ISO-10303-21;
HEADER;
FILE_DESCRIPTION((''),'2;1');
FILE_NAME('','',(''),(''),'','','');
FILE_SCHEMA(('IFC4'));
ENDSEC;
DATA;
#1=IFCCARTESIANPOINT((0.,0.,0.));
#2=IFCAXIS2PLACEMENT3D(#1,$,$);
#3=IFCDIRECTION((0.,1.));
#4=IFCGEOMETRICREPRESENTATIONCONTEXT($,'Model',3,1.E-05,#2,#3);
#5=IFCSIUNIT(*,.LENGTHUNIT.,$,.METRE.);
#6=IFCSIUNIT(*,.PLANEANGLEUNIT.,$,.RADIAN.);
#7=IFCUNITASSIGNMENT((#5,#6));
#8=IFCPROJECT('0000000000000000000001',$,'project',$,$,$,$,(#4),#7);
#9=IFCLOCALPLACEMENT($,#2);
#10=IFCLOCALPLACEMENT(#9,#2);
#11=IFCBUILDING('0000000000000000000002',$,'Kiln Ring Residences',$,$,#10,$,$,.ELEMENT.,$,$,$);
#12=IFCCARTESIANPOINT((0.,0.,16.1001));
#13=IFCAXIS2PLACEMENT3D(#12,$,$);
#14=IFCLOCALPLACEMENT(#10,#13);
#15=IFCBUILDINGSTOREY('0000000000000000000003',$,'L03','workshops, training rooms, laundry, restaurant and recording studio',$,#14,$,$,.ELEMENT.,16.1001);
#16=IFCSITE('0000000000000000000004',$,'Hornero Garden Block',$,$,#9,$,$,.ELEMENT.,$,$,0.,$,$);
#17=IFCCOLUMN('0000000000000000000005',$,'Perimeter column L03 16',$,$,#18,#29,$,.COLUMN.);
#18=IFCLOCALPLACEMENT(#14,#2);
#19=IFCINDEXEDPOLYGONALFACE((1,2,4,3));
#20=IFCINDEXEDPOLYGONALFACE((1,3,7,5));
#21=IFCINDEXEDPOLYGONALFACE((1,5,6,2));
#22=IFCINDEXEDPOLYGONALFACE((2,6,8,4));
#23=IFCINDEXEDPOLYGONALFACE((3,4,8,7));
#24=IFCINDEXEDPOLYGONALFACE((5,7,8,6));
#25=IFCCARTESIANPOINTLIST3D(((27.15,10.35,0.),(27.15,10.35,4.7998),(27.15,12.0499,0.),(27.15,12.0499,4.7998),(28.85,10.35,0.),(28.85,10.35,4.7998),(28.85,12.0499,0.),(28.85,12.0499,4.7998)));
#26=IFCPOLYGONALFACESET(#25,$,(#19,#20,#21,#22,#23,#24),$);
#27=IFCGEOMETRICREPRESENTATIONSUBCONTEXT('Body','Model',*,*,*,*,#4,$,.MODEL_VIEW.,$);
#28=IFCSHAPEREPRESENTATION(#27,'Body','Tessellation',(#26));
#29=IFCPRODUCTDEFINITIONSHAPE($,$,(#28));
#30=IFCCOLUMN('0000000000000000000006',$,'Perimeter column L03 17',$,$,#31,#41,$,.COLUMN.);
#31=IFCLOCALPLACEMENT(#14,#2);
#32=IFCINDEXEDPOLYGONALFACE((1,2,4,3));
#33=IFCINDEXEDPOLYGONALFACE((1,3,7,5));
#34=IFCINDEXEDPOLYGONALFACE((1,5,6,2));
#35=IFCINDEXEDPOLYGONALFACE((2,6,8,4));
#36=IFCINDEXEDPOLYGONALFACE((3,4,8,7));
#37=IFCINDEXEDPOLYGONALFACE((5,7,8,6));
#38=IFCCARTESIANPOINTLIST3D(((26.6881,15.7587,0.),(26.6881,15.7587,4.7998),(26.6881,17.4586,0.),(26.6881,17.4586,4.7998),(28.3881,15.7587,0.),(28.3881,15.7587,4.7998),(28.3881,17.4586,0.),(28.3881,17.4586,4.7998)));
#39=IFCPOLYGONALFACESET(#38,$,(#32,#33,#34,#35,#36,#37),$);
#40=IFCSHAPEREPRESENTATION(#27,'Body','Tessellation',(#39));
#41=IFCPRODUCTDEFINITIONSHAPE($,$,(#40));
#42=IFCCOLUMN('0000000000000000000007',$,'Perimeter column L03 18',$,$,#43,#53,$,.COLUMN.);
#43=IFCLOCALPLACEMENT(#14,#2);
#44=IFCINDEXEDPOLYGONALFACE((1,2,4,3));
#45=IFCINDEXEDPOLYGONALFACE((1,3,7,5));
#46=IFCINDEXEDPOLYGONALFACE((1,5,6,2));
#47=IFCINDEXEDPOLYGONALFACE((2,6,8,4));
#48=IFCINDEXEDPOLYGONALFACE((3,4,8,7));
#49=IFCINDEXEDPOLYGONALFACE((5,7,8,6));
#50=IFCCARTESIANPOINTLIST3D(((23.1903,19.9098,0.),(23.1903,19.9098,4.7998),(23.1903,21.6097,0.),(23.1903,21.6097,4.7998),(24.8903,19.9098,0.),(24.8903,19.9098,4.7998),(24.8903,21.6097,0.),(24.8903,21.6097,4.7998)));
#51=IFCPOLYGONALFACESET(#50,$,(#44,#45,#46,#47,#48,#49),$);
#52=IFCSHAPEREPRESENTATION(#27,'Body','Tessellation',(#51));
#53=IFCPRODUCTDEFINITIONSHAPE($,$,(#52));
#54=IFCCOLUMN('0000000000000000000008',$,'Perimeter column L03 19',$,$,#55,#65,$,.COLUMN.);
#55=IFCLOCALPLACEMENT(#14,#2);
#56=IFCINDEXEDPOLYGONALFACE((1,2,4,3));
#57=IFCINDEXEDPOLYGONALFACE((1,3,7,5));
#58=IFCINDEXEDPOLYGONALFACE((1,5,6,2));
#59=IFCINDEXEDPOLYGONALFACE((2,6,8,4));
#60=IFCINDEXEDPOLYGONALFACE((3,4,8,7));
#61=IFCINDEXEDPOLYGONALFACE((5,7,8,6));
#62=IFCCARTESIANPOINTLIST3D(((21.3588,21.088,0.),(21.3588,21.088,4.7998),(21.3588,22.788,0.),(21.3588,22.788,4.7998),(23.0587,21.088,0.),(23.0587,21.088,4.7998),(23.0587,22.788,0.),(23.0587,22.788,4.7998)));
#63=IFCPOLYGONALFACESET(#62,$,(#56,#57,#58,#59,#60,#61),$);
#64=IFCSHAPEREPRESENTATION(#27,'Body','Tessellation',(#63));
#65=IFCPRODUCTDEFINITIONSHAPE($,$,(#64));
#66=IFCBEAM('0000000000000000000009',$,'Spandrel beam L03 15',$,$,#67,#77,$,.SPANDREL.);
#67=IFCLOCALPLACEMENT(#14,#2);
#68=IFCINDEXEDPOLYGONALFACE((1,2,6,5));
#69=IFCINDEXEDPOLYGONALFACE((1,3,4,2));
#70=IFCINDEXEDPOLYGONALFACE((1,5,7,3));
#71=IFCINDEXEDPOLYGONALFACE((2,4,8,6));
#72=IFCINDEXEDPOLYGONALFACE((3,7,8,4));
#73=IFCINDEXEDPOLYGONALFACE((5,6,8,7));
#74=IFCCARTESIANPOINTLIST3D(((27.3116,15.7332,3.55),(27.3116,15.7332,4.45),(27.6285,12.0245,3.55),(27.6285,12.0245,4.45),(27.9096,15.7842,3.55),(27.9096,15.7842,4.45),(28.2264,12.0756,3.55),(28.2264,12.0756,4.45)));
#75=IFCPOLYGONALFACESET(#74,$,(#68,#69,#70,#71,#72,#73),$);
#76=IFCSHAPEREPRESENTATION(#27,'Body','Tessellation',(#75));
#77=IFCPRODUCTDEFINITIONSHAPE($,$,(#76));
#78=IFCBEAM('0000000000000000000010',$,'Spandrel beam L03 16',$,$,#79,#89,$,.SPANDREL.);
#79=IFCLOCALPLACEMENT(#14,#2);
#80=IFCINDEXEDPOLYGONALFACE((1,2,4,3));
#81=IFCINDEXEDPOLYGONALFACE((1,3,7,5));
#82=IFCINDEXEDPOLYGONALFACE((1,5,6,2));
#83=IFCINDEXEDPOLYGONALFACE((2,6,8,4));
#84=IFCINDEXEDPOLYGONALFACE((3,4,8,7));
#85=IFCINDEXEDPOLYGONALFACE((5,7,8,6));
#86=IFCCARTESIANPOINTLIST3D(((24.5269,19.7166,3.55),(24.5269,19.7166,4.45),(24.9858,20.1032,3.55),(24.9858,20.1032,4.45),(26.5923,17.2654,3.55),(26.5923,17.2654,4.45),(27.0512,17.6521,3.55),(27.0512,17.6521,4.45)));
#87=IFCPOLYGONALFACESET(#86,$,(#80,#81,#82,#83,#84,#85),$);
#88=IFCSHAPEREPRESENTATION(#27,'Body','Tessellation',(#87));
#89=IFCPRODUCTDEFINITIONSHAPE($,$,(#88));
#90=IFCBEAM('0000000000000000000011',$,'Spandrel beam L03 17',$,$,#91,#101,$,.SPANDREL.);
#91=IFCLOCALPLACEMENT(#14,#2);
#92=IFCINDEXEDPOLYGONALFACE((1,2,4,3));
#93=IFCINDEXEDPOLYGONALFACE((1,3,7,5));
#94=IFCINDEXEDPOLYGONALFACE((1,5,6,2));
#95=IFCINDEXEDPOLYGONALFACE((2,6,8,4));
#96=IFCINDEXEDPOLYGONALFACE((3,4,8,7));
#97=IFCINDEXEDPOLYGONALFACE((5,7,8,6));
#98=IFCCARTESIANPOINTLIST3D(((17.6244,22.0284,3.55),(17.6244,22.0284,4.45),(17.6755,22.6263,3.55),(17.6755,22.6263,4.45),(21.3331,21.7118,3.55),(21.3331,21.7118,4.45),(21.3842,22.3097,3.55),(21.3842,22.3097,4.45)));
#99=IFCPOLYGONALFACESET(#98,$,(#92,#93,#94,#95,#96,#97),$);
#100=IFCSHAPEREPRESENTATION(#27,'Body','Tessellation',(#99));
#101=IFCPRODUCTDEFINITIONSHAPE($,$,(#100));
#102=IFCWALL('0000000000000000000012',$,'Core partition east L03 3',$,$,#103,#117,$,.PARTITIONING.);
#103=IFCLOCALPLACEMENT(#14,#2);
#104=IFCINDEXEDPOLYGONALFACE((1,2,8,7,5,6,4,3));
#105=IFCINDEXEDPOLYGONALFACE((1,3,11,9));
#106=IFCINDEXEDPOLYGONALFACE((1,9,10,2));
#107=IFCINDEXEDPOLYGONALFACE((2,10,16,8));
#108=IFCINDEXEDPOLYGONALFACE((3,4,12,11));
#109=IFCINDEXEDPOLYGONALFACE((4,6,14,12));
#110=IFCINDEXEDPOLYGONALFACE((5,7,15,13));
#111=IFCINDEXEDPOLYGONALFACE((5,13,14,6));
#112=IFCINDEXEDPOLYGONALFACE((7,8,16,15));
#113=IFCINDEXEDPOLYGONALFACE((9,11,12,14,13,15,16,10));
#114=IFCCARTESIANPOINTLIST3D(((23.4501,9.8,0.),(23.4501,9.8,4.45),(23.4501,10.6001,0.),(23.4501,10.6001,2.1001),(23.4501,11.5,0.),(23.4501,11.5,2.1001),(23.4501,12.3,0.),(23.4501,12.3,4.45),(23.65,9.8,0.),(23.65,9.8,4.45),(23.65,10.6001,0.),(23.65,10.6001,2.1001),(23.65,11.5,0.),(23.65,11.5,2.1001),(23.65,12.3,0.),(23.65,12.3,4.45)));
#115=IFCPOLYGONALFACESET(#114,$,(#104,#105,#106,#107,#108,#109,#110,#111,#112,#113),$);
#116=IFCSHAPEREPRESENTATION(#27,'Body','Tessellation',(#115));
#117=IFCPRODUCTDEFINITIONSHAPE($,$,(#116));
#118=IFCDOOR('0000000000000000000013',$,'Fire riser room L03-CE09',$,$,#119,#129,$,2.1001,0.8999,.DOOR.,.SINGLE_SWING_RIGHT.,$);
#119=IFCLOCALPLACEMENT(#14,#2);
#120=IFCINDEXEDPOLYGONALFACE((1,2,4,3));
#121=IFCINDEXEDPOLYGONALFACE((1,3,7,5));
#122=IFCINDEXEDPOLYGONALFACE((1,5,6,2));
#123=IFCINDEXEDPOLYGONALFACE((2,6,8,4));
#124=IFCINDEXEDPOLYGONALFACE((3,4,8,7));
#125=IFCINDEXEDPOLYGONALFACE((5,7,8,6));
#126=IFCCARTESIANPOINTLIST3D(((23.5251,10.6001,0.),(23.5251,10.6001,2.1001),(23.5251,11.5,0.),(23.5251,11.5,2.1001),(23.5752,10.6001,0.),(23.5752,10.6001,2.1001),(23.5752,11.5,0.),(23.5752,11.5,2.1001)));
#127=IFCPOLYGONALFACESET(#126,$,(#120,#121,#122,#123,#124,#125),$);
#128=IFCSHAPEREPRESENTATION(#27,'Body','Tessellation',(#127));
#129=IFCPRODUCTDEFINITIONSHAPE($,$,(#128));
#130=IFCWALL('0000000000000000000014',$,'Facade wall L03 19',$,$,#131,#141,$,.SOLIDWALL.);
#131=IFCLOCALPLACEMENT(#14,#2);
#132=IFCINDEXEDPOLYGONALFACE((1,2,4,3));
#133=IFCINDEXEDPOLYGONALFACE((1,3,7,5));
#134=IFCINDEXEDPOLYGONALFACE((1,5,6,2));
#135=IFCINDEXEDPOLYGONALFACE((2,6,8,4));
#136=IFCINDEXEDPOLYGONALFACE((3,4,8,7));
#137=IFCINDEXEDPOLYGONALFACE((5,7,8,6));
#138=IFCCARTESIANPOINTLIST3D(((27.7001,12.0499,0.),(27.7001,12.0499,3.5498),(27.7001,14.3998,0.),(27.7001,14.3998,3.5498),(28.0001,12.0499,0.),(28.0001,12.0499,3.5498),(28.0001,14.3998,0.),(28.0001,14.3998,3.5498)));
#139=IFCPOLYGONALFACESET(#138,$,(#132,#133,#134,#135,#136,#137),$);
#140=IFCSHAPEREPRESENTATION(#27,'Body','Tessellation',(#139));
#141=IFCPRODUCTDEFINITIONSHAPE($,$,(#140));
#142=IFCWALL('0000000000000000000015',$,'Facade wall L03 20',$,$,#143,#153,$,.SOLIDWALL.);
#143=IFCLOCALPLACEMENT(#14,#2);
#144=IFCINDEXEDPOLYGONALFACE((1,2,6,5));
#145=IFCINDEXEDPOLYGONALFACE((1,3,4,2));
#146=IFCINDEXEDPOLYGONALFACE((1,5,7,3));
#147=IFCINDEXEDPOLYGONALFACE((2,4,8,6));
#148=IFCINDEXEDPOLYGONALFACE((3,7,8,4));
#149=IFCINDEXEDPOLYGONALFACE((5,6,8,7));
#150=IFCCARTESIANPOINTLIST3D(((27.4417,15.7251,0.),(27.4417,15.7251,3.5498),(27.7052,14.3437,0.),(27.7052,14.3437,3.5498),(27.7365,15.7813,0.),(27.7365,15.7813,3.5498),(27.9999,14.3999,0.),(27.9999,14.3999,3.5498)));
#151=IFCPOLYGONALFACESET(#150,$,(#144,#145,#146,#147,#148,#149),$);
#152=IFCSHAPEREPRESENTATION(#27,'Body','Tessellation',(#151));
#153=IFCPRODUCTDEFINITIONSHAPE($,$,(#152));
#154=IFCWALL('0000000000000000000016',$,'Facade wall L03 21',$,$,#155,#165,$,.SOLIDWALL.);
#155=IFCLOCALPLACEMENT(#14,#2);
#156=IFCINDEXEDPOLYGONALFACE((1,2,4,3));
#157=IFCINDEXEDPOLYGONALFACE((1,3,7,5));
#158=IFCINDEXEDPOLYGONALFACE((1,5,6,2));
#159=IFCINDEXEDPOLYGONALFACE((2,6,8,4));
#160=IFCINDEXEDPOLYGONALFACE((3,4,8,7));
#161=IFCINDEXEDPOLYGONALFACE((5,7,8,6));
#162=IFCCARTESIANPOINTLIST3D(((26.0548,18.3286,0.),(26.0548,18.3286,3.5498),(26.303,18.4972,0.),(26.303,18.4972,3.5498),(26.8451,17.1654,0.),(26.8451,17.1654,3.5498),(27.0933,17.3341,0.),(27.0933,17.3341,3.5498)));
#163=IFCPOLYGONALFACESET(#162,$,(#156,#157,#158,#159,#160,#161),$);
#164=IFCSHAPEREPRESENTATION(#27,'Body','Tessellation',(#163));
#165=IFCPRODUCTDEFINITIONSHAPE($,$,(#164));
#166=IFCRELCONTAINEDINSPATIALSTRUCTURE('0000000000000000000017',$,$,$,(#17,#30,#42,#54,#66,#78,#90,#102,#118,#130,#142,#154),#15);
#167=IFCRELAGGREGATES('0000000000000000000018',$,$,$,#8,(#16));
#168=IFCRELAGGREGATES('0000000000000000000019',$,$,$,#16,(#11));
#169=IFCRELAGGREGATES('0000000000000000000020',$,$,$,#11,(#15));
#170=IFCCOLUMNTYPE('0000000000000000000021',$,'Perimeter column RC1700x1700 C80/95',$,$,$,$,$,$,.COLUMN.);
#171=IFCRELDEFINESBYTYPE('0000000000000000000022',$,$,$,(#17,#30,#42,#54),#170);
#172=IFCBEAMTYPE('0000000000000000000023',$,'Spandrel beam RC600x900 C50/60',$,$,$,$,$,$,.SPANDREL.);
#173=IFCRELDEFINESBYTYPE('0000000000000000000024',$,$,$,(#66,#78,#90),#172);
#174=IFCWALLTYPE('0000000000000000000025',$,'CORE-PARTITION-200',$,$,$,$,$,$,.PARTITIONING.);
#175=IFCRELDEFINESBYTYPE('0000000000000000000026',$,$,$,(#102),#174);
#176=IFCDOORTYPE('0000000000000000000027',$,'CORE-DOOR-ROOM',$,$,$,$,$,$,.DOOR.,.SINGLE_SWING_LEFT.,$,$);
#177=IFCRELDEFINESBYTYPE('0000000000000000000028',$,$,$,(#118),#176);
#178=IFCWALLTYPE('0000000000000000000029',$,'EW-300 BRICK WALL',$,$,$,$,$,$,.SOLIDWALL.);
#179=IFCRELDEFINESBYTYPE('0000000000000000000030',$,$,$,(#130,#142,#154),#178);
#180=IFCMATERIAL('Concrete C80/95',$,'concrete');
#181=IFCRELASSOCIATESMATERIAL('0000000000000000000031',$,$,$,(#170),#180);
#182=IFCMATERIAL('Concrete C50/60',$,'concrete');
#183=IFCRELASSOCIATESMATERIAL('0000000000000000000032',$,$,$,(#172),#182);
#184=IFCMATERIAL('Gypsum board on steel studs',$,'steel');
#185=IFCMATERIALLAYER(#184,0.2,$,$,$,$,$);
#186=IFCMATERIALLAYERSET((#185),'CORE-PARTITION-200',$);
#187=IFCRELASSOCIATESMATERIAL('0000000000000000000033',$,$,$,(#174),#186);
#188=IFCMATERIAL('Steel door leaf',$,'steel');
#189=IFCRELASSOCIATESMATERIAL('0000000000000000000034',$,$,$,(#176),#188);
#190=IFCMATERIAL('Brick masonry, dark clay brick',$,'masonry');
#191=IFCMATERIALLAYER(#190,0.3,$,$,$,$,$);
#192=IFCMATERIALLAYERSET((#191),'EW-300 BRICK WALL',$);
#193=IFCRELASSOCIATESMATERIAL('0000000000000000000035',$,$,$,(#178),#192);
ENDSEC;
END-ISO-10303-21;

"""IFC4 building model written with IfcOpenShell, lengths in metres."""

from ifc_helpers import new_model, si_unit, direction, frame, frame_2d, origin, origin_2d, place, context, subcontext, project, spatial, rectangle, extrude, material, layer, layer_set, material_profile, profile_set, type_object, element, fill, save


model = new_model("IFC4")

# Units and contexts
model_context = context("Model", 3, precision=1e-05, world=origin(), true_north=direction((0.0, 1.0)))
body_context = subcontext(model_context, "Body", "Model", "MODEL_VIEW")
ifc_project = project(units=[si_unit("LENGTHUNIT", "METRE"), si_unit("PLANEANGLEUNIT", "RADIAN")], contexts=[model_context])

# Site, building, storey
site_placement = place(None, origin())
site = spatial("IfcSite", under=ifc_project, at=site_placement, Name="Hornero Garden Block", CompositionType="ELEMENT", RefElevation=0.0)
building_placement = place(site_placement, origin())
building = spatial("IfcBuilding", under=site, at=building_placement, Name="Kiln Ring Residences", CompositionType="ELEMENT")
storey_placement = place(building_placement, frame((0.0, 0.0, 16.1001)))
storey = spatial("IfcBuildingStorey", under=building, at=storey_placement, Name="L03", Description="workshops, training rooms, laundry, restaurant and recording studio", CompositionType="ELEMENT", Elevation=16.1001)

# Columns
ifc_material_1 = material(Name="Concrete C80/95", Category="concrete")
ifc_material_profile_1 = material_profile(ifc_material_1, rectangle(XDim=1.7, YDim=1.7, at=origin_2d()), Name="RC1700x1700")
ifc_profile_set_1 = profile_set([ifc_material_profile_1], Name="Concrete C80/95")
column_type = type_object("IfcColumnType", Name="Perimeter column RC1700x1700 C80/95", PredefinedType="COLUMN", material=ifc_profile_set_1)
for number, where, z_axis, x_axis, name in (
    (1, (28.0, 11.2, 0.0), (0.0, 0.0, 1.0), (1.0, 0.0, 0.0), "Perimeter column L03 16"),
    (2, (27.5381, 16.6086, 0.0), (0.0, 0.0, 1.0), (1.0, 0.0, 0.0), "Perimeter column L03 17"),
    (3, (24.0403, 20.7598, 0.0), (0.0, 0.0, 1.0), (1.0, 0.0, 0.0), "Perimeter column L03 18"),
    (4, (22.2087, 21.938, 0.0), (0.0, 0.0, 1.0), (1.0, 0.0, 0.0), "Perimeter column L03 19"),
):
    element("IfcColumn", number, at=place(storey_placement, frame(where, z_axis=z_axis, x_axis=x_axis)), inside=storey, type_object=column_type, Name=name, PredefinedType="COLUMN", context=body_context, shape_type="SweptSolid", body=[
        extrude(rectangle(XDim=1.7, YDim=1.7, at=origin_2d()), origin(), (0.0, 0.0, 1.0), 4.7998),
    ])

# Beams
ifc_material_2 = material(Name="Concrete C50/60", Category="concrete")
ifc_material_profile_2 = material_profile(ifc_material_2, rectangle(XDim=0.6001, YDim=0.8999, at=origin_2d()), Name="RC600x900")
ifc_profile_set_2 = profile_set([ifc_material_profile_2], Name="Concrete C50/60")
beam_type = type_object("IfcBeamType", Name="Spandrel beam RC600x900 C50/60", PredefinedType="SPANDREL", material=ifc_profile_set_2)
beam_1_placement = place(storey_placement, frame((27.9275, 12.05, 4.0), z_axis=(-0.085135, 0.996369, 0.0), x_axis=(-0.996369, -0.085135, 0.0)))
element("IfcBeam", 5, at=beam_1_placement, inside=storey, type_object=beam_type, Name="Spandrel beam L03 15", PredefinedType="SPANDREL", context=body_context, shape_type="SweptSolid", body=[
    extrude(rectangle(XDim=0.6001, YDim=0.8999, at=origin_2d()), origin(), (0.0, 0.0, 1.0), 3.7222),
])
beam_2_placement = place(storey_placement, frame((26.8218, 17.4587, 4.0), z_axis=(-0.64437, 0.764714, 0.0), x_axis=(-0.764714, -0.64437, 0.0)))
element("IfcBeam", 6, at=beam_2_placement, inside=storey, type_object=beam_type, Name="Spandrel beam L03 16", PredefinedType="SPANDREL", context=body_context, shape_type="SweptSolid", body=[
    extrude(rectangle(XDim=0.6001, YDim=0.8999, at=origin_2d()), origin(), (0.0, 0.0, 1.0), 3.2053),
])
beam_3_placement = place(storey_placement, frame((21.3586, 22.0107, 4.0), z_axis=(-0.996375, 0.08507, 0.0), x_axis=(-0.08507, -0.996375, 0.0)))
element("IfcBeam", 7, at=beam_3_placement, inside=storey, type_object=beam_type, Name="Spandrel beam L03 17", PredefinedType="SPANDREL", context=body_context, shape_type="SweptSolid", body=[
    extrude(rectangle(XDim=0.6001, YDim=0.8999, at=origin_2d()), origin(), (0.0, 0.0, 1.0), 3.7222),
])

# Wall, opening, door
ifc_material_3 = material(Name="Gypsum board on steel studs", Category="steel")
ifc_layer_1 = layer(ifc_material_3, 0.2)
ifc_layer_set_1 = layer_set([ifc_layer_1], Name="CORE-PARTITION-200")
wall_type_1 = type_object("IfcWallType", Name="CORE-PARTITION-200", PredefinedType="PARTITIONING", material=ifc_layer_set_1)
wall_1_placement = place(storey_placement, frame((23.55, 9.8, 0.0), z_axis=(0.0, 0.0, 1.0), x_axis=(0.0, 1.0, 0.0)))
wall_1 = element("IfcWall", 8, at=wall_1_placement, inside=storey, type_object=wall_type_1, Name="Core partition east L03 3", PredefinedType="PARTITIONING", context=body_context, shape_type="SweptSolid", body=[
    extrude(rectangle(XDim=2.5, YDim=0.2, at=frame_2d((1.25, 0.0))), origin(), (0.0, 0.0, 1.0), 4.45),
])
opening_1_placement = place(wall_1_placement, frame((0.8, 0.0, 0.0)))
opening_1 = element("IfcOpeningElement", 9, at=opening_1_placement, cuts=wall_1, PredefinedType="OPENING", context=body_context, shape_type="SweptSolid", body=[
    extrude(rectangle(XDim=0.8999, YDim=2.1001, at=frame_2d((0.45, 1.05))), frame((0.0, 0.1099, 0.0), z_axis=(0.0, -1.0, 0.0), x_axis=(1.0, 0.0, 0.0)), (0.0, 0.0, 1.0), 0.22),
])
ifc_material_4 = material(Name="Steel door leaf", Category="steel")
door_type = type_object("IfcDoorType", Name="CORE-DOOR-ROOM", OperationType="SINGLE_SWING_LEFT", PredefinedType="DOOR", material=ifc_material_4)
door_placement = place(opening_1_placement, origin())
door = element("IfcDoor", 10, at=door_placement, inside=storey, type_object=door_type, Name="Fire riser room L03-CE09", OperationType="SINGLE_SWING_RIGHT", OverallHeight=2.1001, OverallWidth=0.8999, PredefinedType="DOOR", context=body_context, shape_type="SweptSolid", body=[
    extrude(rectangle(XDim=0.8999, YDim=2.1001, at=frame_2d((0.45, 1.05))), frame((0.0, 0.0249, 0.0), z_axis=(0.0, -1.0, 0.0), x_axis=(1.0, 0.0, 0.0)), (0.0, 0.0, 1.0), 0.05),
])
fill(opening_1, door)

# Walls
ifc_material_5 = material(Name="Brick masonry, dark clay brick", Category="masonry")
ifc_layer_2 = layer(ifc_material_5, 0.3)
ifc_layer_set_2 = layer_set([ifc_layer_2], Name="EW-300 BRICK WALL")
wall_type_2 = type_object("IfcWallType", Name="EW-300 BRICK WALL", PredefinedType="SOLIDWALL", material=ifc_layer_set_2)
wall_2_placement = place(storey_placement, frame((27.8501, 12.05, 0.0), z_axis=(0.0, 0.0, 1.0), x_axis=(0.0, 1.0, 0.0)))
element("IfcWall", 11, at=wall_2_placement, inside=storey, type_object=wall_type_2, Name="Facade wall L03 19", PredefinedType="SOLIDWALL", context=body_context, shape_type="SweptSolid", body=[
    extrude(rectangle(XDim=2.3499, YDim=0.3, at=frame_2d((1.1748, 0.0))), origin(), (0.0, 0.0, 1.0), 3.5498),
])
for number, where, z_axis, x_axis, name in (
    (12, (27.8525, 14.3718, 0.0), (0.0, 0.0, 1.0), (-0.187328, 0.982298, 0.0), "Facade wall L03 20"),
    (13, (26.9692, 17.2498, 0.0), (0.0, 0.0, 1.0), (-0.562011, 0.82713, 0.0), "Facade wall L03 21"),
):
    element("IfcWall", number, at=place(storey_placement, frame(where, z_axis=z_axis, x_axis=x_axis)), inside=storey, type_object=wall_type_2, Name=name, PredefinedType="SOLIDWALL", context=body_context, shape_type="SweptSolid", body=[
        extrude(rectangle(XDim=1.4062, YDim=0.3, at=frame_2d((0.7031, 0.0))), origin(), (0.0, 0.0, 1.0), 3.5498),
    ])

save(model, "model.ifc")
